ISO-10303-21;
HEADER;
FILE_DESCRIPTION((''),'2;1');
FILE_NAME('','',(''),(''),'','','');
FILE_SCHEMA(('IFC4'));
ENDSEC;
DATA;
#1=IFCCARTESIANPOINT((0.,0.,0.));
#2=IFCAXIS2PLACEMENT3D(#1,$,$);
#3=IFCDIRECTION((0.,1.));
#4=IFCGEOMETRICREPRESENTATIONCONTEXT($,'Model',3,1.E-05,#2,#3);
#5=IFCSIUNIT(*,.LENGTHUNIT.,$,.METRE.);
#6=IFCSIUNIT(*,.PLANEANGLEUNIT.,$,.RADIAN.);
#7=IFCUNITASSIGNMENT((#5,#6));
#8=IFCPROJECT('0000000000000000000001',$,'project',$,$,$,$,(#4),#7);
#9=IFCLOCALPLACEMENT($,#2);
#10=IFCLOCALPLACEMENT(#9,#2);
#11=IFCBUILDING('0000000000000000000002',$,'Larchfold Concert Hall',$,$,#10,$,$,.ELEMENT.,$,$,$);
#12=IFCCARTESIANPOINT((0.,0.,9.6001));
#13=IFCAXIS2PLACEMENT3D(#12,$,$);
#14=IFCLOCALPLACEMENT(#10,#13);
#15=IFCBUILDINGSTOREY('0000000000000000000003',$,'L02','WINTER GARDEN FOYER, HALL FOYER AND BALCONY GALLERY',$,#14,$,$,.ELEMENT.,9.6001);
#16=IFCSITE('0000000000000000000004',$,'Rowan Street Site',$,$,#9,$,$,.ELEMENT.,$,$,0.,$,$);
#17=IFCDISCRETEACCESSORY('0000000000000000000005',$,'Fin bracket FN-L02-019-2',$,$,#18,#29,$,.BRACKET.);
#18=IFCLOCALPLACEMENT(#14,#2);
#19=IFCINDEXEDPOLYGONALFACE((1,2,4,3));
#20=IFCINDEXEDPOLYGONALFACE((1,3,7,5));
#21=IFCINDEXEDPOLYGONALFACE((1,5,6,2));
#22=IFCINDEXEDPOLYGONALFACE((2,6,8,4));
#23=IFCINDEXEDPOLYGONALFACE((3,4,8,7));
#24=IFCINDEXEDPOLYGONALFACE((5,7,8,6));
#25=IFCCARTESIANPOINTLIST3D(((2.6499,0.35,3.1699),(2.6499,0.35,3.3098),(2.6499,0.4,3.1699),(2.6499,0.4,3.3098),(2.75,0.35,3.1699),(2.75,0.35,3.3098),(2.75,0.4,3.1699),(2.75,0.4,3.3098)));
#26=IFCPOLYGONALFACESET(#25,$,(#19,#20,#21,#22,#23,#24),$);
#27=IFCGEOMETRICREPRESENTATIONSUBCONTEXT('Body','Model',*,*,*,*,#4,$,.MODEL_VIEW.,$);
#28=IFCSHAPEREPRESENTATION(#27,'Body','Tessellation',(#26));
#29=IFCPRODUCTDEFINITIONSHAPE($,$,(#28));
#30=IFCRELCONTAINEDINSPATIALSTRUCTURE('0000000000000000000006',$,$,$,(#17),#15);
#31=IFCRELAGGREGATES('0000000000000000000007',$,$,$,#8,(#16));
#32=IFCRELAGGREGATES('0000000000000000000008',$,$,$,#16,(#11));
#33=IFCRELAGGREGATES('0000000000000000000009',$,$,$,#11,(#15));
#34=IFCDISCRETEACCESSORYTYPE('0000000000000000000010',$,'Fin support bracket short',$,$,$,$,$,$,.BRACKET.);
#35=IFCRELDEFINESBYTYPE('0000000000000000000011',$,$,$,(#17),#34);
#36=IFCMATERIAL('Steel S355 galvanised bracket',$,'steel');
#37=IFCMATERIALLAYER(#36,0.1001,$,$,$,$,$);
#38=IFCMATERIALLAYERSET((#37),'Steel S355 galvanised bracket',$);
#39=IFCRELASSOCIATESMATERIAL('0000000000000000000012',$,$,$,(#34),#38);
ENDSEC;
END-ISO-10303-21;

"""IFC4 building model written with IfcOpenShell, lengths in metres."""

from ifc_helpers import new_model, si_unit, direction, frame, origin, origin_2d, place, context, subcontext, project, spatial, rectangle, extrude, material, layer, layer_set, type_object, element, save


model = new_model("IFC4")

# Units and contexts
model_context = context("Model", 3, precision=1e-05, world=origin(), true_north=direction((0.0, 1.0)))
body_context = subcontext(model_context, "Body", "Model", "MODEL_VIEW")
ifc_project = project(units=[si_unit("LENGTHUNIT", "METRE"), si_unit("PLANEANGLEUNIT", "RADIAN")], contexts=[model_context])

# Site, building, storey
site_placement = place(None, origin())
site = spatial("IfcSite", under=ifc_project, at=site_placement, Name="Rowan Street Site", CompositionType="ELEMENT", RefElevation=0.0)
building_placement = place(site_placement, origin())
building = spatial("IfcBuilding", under=site, at=building_placement, Name="Larchfold Concert Hall", CompositionType="ELEMENT")
storey_placement = place(building_placement, frame((0.0, 0.0, 9.6001)))
storey = spatial("IfcBuildingStorey", under=building, at=storey_placement, Name="L02", Description="WINTER GARDEN FOYER, HALL FOYER AND BALCONY GALLERY", CompositionType="ELEMENT", Elevation=9.6001)

# Discrete accessory
ifc_material_1 = material(Name="Steel S355 galvanised bracket", Category="steel")
ifc_layer_1 = layer(ifc_material_1, 0.1001)
ifc_layer_set_1 = layer_set([ifc_layer_1], Name="Steel S355 galvanised bracket")
discrete_accessory_type = type_object("IfcDiscreteAccessoryType", Name="Fin support bracket short", PredefinedType="BRACKET", material=ifc_layer_set_1)
for number, where, z_axis, x_axis, name in (
    (1, (2.7, 0.375, 3.1699), (0.0, 0.0, 1.0), (0.0, -1.0, 0.0), "Fin bracket FN-L02-019-2"),
):
    element("IfcDiscreteAccessory", number, at=place(storey_placement, frame(where, z_axis=z_axis, x_axis=x_axis)), inside=storey, type_object=discrete_accessory_type, Name=name, PredefinedType="BRACKET", context=body_context, shape_type="SweptSolid", body=[
        extrude(rectangle(XDim=0.05, YDim=0.1001, at=origin_2d()), origin(), (0.0, 0.0, 1.0), 0.1399),
    ])

save(model, "model.ifc")
